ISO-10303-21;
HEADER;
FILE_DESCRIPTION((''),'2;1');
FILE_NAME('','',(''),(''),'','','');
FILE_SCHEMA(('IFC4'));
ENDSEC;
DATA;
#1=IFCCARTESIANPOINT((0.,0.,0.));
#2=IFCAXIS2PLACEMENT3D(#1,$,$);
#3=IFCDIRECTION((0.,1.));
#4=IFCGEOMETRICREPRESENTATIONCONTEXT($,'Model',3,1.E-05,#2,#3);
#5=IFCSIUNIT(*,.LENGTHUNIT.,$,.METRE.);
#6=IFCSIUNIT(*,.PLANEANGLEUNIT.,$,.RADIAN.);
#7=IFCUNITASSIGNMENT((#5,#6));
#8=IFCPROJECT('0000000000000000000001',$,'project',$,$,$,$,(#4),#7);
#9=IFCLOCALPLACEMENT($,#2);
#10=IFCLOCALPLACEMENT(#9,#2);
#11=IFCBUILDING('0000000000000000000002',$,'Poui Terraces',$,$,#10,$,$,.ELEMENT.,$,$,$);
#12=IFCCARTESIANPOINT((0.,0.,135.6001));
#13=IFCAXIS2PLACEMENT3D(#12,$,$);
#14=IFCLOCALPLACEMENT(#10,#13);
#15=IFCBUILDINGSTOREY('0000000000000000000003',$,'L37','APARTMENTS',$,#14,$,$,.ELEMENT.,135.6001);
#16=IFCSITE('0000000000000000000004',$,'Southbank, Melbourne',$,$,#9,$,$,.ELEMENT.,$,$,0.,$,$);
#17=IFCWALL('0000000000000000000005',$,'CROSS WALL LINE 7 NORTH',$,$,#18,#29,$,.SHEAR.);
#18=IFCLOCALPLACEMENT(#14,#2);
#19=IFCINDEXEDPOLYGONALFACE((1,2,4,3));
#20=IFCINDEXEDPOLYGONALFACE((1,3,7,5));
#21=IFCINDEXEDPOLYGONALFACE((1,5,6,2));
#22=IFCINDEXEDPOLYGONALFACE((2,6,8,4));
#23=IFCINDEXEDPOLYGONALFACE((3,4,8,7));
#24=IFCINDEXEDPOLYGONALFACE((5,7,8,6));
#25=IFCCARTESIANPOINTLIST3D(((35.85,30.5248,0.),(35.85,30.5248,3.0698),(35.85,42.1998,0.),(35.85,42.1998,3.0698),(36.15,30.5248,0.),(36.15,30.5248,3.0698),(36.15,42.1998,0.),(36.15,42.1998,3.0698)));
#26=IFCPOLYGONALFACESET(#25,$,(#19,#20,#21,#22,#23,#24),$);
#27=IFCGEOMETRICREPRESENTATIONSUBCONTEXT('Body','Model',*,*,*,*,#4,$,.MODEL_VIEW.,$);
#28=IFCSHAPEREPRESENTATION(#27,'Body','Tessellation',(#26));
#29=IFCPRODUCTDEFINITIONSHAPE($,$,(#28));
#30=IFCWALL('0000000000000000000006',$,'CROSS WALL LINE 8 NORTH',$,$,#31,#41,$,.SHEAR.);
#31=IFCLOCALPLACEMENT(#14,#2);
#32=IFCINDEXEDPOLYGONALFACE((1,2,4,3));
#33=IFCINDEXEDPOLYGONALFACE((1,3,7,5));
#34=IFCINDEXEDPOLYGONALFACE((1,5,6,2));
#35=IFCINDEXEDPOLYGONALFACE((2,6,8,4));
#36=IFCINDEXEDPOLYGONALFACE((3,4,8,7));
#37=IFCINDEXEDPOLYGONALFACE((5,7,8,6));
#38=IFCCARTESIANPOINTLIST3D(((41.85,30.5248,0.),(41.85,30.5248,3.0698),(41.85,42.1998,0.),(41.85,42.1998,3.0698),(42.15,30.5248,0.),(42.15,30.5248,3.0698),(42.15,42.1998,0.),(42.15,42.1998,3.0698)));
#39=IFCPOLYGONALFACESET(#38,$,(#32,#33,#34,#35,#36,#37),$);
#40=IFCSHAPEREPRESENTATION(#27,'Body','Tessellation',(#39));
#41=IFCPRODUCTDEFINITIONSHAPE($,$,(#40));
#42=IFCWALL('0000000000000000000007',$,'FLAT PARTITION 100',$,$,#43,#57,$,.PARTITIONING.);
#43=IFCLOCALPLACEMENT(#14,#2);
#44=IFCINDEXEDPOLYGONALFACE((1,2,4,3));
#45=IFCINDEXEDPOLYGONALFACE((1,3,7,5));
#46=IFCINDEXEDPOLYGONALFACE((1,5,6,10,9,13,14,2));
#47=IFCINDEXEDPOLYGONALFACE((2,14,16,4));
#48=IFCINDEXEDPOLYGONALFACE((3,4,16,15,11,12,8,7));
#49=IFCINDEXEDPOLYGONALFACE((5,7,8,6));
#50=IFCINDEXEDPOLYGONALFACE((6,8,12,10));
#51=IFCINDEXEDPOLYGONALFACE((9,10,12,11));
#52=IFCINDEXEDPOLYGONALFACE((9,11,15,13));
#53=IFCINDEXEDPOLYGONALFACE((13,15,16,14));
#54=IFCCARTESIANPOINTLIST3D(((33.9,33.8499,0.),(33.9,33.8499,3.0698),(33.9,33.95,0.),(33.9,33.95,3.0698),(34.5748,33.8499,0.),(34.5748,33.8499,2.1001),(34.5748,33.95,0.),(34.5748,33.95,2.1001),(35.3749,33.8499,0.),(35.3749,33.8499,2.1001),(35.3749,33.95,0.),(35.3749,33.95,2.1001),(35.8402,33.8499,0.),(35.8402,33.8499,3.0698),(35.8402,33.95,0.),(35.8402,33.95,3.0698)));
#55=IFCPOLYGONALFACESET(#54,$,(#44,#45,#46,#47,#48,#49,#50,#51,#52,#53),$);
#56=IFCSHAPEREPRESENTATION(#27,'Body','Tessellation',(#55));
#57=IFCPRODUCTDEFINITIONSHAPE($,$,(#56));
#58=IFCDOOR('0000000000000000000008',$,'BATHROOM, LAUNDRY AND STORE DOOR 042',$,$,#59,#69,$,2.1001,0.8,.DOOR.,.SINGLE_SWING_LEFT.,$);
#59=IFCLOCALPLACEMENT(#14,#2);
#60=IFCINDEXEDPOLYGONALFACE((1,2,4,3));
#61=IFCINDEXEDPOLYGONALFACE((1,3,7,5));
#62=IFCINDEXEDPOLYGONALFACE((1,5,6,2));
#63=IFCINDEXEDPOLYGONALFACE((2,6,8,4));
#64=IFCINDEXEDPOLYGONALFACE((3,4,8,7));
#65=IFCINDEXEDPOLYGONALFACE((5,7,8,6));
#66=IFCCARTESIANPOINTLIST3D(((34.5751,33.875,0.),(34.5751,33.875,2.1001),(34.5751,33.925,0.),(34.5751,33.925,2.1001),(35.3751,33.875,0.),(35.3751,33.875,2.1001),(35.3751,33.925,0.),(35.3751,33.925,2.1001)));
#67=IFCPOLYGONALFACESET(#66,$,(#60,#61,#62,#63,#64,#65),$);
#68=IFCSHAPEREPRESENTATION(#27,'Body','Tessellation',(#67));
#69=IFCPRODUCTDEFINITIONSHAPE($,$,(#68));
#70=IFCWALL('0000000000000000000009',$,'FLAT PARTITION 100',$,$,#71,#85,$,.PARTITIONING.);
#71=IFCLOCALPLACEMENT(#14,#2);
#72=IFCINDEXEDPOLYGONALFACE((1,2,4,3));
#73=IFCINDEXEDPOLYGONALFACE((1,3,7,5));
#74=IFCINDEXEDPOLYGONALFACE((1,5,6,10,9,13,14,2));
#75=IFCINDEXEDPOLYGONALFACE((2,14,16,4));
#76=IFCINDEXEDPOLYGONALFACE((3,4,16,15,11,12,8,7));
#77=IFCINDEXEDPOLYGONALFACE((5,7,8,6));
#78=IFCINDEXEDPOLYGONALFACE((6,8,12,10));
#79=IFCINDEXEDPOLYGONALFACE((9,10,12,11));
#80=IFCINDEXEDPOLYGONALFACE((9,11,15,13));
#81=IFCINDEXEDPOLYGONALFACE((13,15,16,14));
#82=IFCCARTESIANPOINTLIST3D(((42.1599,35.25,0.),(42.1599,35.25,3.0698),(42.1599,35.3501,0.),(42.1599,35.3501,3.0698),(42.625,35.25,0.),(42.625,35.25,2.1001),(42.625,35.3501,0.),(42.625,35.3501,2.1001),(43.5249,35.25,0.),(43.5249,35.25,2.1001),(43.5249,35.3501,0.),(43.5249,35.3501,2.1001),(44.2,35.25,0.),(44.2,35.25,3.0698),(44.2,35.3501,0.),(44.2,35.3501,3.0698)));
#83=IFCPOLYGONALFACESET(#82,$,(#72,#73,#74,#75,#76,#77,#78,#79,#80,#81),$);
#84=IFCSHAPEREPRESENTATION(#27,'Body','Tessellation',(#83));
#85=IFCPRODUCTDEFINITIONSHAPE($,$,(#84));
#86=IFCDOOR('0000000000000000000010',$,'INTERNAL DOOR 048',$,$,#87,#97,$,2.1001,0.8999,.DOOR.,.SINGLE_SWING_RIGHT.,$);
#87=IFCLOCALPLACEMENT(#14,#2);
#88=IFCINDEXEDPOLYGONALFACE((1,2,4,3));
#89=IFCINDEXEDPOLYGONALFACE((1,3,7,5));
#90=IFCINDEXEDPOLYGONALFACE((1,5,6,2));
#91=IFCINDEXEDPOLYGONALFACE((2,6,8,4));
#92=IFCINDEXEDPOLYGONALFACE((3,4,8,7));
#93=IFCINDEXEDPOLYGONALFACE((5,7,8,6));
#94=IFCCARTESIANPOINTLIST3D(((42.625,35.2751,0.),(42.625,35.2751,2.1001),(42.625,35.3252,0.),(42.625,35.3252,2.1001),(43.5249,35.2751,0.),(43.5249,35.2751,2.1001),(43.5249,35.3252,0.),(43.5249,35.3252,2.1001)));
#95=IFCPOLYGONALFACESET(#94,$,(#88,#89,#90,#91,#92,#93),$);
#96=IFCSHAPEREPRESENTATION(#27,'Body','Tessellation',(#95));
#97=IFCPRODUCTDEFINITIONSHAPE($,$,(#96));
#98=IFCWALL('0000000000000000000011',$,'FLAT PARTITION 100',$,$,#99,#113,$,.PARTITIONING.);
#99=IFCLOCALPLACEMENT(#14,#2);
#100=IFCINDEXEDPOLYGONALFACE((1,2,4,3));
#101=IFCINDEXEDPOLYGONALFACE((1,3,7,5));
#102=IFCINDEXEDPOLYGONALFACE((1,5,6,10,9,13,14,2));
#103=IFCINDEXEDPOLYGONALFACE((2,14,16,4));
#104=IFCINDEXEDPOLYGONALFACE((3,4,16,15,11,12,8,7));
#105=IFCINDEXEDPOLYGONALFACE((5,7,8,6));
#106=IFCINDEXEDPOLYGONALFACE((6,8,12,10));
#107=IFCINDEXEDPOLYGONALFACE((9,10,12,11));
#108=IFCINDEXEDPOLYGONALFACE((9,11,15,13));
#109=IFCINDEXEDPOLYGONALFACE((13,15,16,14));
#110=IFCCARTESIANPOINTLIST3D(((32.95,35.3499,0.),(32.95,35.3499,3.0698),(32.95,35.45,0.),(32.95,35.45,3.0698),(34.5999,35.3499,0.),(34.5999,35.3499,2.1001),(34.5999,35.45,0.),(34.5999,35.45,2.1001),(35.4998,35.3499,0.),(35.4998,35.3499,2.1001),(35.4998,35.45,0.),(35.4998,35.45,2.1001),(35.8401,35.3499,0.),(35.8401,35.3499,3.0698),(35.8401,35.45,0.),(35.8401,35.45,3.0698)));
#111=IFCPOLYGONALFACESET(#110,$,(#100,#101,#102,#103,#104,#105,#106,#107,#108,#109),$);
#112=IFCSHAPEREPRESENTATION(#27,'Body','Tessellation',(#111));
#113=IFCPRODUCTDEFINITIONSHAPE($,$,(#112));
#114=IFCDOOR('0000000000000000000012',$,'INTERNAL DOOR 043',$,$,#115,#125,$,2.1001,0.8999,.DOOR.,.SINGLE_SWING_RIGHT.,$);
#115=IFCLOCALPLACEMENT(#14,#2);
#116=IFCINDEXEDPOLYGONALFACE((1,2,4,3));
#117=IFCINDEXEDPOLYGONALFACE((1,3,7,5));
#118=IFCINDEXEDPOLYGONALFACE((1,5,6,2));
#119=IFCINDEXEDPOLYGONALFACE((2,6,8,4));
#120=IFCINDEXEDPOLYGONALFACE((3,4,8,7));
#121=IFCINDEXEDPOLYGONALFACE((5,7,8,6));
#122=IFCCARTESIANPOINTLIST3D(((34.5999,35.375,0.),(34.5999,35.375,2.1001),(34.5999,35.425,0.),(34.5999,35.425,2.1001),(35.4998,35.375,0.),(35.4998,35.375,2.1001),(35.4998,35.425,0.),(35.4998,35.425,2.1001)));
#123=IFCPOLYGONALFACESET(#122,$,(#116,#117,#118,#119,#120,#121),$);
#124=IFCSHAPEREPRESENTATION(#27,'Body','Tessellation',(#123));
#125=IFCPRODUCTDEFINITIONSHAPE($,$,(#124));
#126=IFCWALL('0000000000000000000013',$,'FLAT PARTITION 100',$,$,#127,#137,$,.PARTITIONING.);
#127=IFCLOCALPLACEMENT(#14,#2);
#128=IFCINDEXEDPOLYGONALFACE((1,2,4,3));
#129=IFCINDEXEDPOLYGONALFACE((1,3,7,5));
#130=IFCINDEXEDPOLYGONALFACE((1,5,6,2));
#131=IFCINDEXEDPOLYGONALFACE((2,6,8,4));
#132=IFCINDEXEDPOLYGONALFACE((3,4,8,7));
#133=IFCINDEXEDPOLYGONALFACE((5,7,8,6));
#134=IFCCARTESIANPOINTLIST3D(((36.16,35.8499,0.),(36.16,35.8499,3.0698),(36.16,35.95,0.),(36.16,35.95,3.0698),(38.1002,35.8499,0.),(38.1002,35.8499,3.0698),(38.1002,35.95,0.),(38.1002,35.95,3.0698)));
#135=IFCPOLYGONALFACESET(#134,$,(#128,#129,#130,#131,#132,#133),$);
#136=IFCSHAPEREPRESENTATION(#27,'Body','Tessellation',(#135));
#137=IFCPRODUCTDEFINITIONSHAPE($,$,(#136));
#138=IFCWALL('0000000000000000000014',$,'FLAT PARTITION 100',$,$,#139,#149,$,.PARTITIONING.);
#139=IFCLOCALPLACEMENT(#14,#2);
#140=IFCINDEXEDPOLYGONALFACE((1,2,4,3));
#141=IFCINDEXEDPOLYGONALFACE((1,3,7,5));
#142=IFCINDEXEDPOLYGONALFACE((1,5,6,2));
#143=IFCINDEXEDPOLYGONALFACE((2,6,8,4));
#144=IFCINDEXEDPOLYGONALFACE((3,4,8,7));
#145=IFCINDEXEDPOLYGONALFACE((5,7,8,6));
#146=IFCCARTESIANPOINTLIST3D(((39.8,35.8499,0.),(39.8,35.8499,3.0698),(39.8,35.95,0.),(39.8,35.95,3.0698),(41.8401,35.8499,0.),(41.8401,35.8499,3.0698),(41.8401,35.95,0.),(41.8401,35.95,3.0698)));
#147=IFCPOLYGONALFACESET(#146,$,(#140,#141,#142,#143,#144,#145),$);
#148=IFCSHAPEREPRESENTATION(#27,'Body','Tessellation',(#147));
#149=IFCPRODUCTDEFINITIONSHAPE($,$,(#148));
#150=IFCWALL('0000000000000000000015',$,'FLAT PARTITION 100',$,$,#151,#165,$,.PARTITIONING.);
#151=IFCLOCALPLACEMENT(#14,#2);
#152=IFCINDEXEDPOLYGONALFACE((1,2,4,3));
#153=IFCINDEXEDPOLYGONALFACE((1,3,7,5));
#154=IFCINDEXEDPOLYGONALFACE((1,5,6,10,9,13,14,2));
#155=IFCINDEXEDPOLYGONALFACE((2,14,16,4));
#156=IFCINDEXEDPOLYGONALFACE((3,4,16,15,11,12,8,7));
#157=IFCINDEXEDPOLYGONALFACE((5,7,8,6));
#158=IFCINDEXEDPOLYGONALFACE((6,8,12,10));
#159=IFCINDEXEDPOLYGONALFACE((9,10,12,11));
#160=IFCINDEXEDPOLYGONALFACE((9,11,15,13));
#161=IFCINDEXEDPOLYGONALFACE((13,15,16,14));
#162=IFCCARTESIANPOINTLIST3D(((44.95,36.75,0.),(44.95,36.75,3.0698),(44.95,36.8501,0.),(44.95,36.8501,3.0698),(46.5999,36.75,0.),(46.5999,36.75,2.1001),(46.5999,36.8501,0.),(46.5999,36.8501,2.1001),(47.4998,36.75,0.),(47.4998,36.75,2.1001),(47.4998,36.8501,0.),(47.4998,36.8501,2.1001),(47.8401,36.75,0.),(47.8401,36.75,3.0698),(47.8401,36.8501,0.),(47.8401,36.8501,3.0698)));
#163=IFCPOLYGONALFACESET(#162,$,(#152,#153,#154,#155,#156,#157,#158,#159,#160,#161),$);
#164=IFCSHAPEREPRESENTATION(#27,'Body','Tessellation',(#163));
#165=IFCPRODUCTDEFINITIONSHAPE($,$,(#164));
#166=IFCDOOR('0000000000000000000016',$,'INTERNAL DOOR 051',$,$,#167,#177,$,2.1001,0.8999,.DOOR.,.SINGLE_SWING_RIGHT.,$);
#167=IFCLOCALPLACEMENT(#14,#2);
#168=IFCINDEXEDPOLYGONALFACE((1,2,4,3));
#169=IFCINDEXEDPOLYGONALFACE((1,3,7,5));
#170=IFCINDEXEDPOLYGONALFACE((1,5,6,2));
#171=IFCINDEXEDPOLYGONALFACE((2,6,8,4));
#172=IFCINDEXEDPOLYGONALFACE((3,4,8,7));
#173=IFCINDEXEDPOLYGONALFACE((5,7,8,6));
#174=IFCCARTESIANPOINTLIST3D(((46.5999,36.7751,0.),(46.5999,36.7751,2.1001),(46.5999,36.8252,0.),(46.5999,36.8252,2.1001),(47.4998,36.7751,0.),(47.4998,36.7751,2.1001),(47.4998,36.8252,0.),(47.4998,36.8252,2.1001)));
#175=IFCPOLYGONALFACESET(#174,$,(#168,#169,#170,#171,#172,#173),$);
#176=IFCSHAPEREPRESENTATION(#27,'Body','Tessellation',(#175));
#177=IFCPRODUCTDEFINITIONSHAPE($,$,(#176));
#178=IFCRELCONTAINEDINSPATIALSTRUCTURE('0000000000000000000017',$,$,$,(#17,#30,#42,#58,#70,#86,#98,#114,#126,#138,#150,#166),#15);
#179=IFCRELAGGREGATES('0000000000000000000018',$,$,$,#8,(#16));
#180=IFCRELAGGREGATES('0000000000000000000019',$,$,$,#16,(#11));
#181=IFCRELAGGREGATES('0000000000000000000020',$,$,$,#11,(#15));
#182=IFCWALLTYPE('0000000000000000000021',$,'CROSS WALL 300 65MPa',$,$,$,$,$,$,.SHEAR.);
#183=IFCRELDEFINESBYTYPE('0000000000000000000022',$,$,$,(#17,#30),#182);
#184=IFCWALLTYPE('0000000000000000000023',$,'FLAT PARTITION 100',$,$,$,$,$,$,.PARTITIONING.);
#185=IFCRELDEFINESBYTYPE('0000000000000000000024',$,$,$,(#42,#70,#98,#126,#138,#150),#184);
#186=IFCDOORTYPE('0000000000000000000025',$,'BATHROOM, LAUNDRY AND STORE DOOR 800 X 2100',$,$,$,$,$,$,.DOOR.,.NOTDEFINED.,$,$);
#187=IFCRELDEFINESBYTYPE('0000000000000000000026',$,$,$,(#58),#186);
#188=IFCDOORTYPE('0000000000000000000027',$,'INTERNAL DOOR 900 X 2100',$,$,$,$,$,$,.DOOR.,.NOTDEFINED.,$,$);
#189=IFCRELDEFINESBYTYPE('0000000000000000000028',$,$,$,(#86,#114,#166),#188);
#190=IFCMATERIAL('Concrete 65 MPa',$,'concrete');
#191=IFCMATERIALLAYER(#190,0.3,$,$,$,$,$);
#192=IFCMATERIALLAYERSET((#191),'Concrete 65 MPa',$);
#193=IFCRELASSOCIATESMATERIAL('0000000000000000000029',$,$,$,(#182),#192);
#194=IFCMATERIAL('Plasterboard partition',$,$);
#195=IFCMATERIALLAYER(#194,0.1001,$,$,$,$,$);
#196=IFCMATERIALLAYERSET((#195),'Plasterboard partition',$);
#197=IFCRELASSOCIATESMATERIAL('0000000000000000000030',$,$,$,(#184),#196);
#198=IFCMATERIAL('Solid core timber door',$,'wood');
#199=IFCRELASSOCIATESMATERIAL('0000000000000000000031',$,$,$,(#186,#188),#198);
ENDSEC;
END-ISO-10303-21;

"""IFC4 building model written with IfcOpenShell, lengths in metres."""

from ifc_helpers import new_model, si_unit, direction, frame, frame_2d, origin, place, context, subcontext, project, spatial, rectangle, extrude, material, layer, layer_set, type_object, element, fill, save


model = new_model("IFC4")

# Units and contexts
model_context = context("Model", 3, precision=1e-05, world=origin(), true_north=direction((0.0, 1.0)))
body_context = subcontext(model_context, "Body", "Model", "MODEL_VIEW")
ifc_project = project(units=[si_unit("LENGTHUNIT", "METRE"), si_unit("PLANEANGLEUNIT", "RADIAN")], contexts=[model_context])

# Site, building, storey
site_placement = place(None, origin())
site = spatial("IfcSite", under=ifc_project, at=site_placement, Name="Southbank, Melbourne", CompositionType="ELEMENT", RefElevation=0.0)
building_placement = place(site_placement, origin())
building = spatial("IfcBuilding", under=site, at=building_placement, Name="Poui Terraces", CompositionType="ELEMENT")
storey_placement = place(building_placement, frame((0.0, 0.0, 135.6001)))
storey = spatial("IfcBuildingStorey", under=building, at=storey_placement, Name="L37", Description="APARTMENTS", CompositionType="ELEMENT", Elevation=135.6001)

# Walls
ifc_material_1 = material(Name="Concrete 65 MPa", Category="concrete")
ifc_layer_1 = layer(ifc_material_1, 0.3)
ifc_layer_set_1 = layer_set([ifc_layer_1], Name="Concrete 65 MPa")
wall_type_1 = type_object("IfcWallType", Name="CROSS WALL 300 65MPa", PredefinedType="SHEAR", material=ifc_layer_set_1)
for number, where, z_axis, x_axis, name in (
    (1, (36.0, 30.5249, 0.0), (0.0, 0.0, 1.0), (0.0, 1.0, 0.0), "CROSS WALL LINE 7 NORTH"),
    (2, (42.0, 30.5249, 0.0), (0.0, 0.0, 1.0), (0.0, 1.0, 0.0), "CROSS WALL LINE 8 NORTH"),
):
    element("IfcWall", number, at=place(storey_placement, frame(where, z_axis=z_axis, x_axis=x_axis)), inside=storey, type_object=wall_type_1, Name=name, PredefinedType="SHEAR", context=body_context, shape_type="SweptSolid", body=[
        extrude(rectangle(XDim=11.675, YDim=0.3, at=frame_2d((5.8374, 0.0))), origin(), (0.0, 0.0, 1.0), 3.0698),
    ])

# Walls, openings, doors
ifc_material_2 = material(Name="Plasterboard partition")
ifc_layer_2 = layer(ifc_material_2, 0.1001)
ifc_layer_set_2 = layer_set([ifc_layer_2], Name="Plasterboard partition")
wall_type_2 = type_object("IfcWallType", Name="FLAT PARTITION 100", PredefinedType="PARTITIONING", material=ifc_layer_set_2)
wall_1_placement = place(storey_placement, frame((33.8999, 33.8999, 0.0), z_axis=(0.0, 0.0, 1.0), x_axis=(1.0, 0.0, 0.0)))
wall_1 = element("IfcWall", 3, at=wall_1_placement, inside=storey, type_object=wall_type_2, Name="FLAT PARTITION 100", PredefinedType="PARTITIONING", context=body_context, shape_type="SweptSolid", body=[
    extrude(rectangle(XDim=1.9402, YDim=0.1001, at=frame_2d((0.9702, 0.0))), origin(), (0.0, 0.0, 1.0), 3.0698),
])
opening_1_placement = place(wall_1_placement, frame((0.675, 0.0, 0.0)))
opening_1 = element("IfcOpeningElement", 4, at=opening_1_placement, cuts=wall_1, PredefinedType="OPENING", context=body_context, shape_type="SweptSolid", body=[
    extrude(rectangle(XDim=0.8, YDim=2.1001, at=frame_2d((0.3999, 1.05))), frame((0.0, 0.0601, 0.0), z_axis=(0.0, -1.0, 0.0), x_axis=(1.0, 0.0, 0.0)), (0.0, 0.0, 1.0), 0.1201),
])
ifc_material_3 = material(Name="Solid core timber door", Category="wood")
door_type_1 = type_object("IfcDoorType", Name="BATHROOM, LAUNDRY AND STORE DOOR 800 X 2100", OperationType="NOTDEFINED", PredefinedType="DOOR", material=ifc_material_3)
door_1_placement = place(opening_1_placement, frame((0.8, 0.0, 0.0), z_axis=(0.0, 0.0, 1.0), x_axis=(-1.0, 0.0, 0.0)))
door_1 = element("IfcDoor", 5, at=door_1_placement, inside=storey, type_object=door_type_1, Name="BATHROOM, LAUNDRY AND STORE DOOR 042", OperationType="SINGLE_SWING_LEFT", OverallHeight=2.1001, OverallWidth=0.8, PredefinedType="DOOR", context=body_context, shape_type="SweptSolid", body=[
    extrude(rectangle(XDim=0.8, YDim=2.1001, at=frame_2d((0.3999, 1.05))), frame((0.0, 0.0249, 0.0), z_axis=(0.0, -1.0, 0.0), x_axis=(1.0, 0.0, 0.0)), (0.0, 0.0, 1.0), 0.05),
])
fill(opening_1, door_1)
wall_2_placement = place(storey_placement, frame((42.1599, 35.3, 0.0), z_axis=(0.0, 0.0, 1.0), x_axis=(1.0, 0.0, 0.0)))
wall_2 = element("IfcWall", 6, at=wall_2_placement, inside=storey, type_object=wall_type_2, Name="FLAT PARTITION 100", PredefinedType="PARTITIONING", context=body_context, shape_type="SweptSolid", body=[
    extrude(rectangle(XDim=2.04, YDim=0.1001, at=frame_2d((1.02, 0.0))), origin(), (0.0, 0.0, 1.0), 3.0698),
])
opening_2_placement = place(wall_2_placement, frame((0.4651, 0.0, 0.0)))
opening_2 = element("IfcOpeningElement", 7, at=opening_2_placement, cuts=wall_2, PredefinedType="OPENING", context=body_context, shape_type="SweptSolid", body=[
    extrude(rectangle(XDim=0.8999, YDim=2.1001, at=frame_2d((0.45, 1.05))), frame((0.0, 0.0601, 0.0), z_axis=(0.0, -1.0, 0.0), x_axis=(1.0, 0.0, 0.0)), (0.0, 0.0, 1.0), 0.1201),
])
door_type_2 = type_object("IfcDoorType", Name="INTERNAL DOOR 900 X 2100", OperationType="NOTDEFINED", PredefinedType="DOOR", material=ifc_material_3)
door_2_placement = place(opening_2_placement, frame((0.8999, 0.0, 0.0), z_axis=(0.0, 0.0, 1.0), x_axis=(-1.0, 0.0, 0.0)))
door_2 = element("IfcDoor", 8, at=door_2_placement, inside=storey, type_object=door_type_2, Name="INTERNAL DOOR 048", OperationType="SINGLE_SWING_RIGHT", OverallHeight=2.1001, OverallWidth=0.8999, PredefinedType="DOOR", context=body_context, shape_type="SweptSolid", body=[
    extrude(rectangle(XDim=0.8999, YDim=2.1001, at=frame_2d((0.45, 1.05))), frame((0.0, 0.0249, 0.0), z_axis=(0.0, -1.0, 0.0), x_axis=(1.0, 0.0, 0.0)), (0.0, 0.0, 1.0), 0.05),
])
fill(opening_2, door_2)
wall_3_placement = place(storey_placement, frame((32.95, 35.3999, 0.0), z_axis=(0.0, 0.0, 1.0), x_axis=(1.0, 0.0, 0.0)))
wall_3 = element("IfcWall", 9, at=wall_3_placement, inside=storey, type_object=wall_type_2, Name="FLAT PARTITION 100", PredefinedType="PARTITIONING", context=body_context, shape_type="SweptSolid", body=[
    extrude(rectangle(XDim=2.8901, YDim=0.1001, at=frame_2d((1.4451, 0.0))), origin(), (0.0, 0.0, 1.0), 3.0698),
])
opening_3_placement = place(wall_3_placement, frame((1.6499, 0.0, 0.0)))
opening_3 = element("IfcOpeningElement", 10, at=opening_3_placement, cuts=wall_3, PredefinedType="OPENING", context=body_context, shape_type="SweptSolid", body=[
    extrude(rectangle(XDim=0.8999, YDim=2.1001, at=frame_2d((0.45, 1.05))), frame((0.0, 0.0601, 0.0), z_axis=(0.0, -1.0, 0.0), x_axis=(1.0, 0.0, 0.0)), (0.0, 0.0, 1.0), 0.1201),
])
door_3_placement = place(opening_3_placement, frame((0.8999, 0.0, 0.0), z_axis=(0.0, 0.0, 1.0), x_axis=(-1.0, 0.0, 0.0)))
door_3 = element("IfcDoor", 11, at=door_3_placement, inside=storey, type_object=door_type_2, Name="INTERNAL DOOR 043", OperationType="SINGLE_SWING_RIGHT", OverallHeight=2.1001, OverallWidth=0.8999, PredefinedType="DOOR", context=body_context, shape_type="SweptSolid", body=[
    extrude(rectangle(XDim=0.8999, YDim=2.1001, at=frame_2d((0.45, 1.05))), frame((0.0, 0.0249, 0.0), z_axis=(0.0, -1.0, 0.0), x_axis=(1.0, 0.0, 0.0)), (0.0, 0.0, 1.0), 0.05),
])
fill(opening_3, door_3)

# Walls
wall_4_placement = place(storey_placement, frame((36.1599, 35.8999, 0.0), z_axis=(0.0, 0.0, 1.0), x_axis=(1.0, 0.0, 0.0)))
element("IfcWall", 12, at=wall_4_placement, inside=storey, type_object=wall_type_2, Name="FLAT PARTITION 100", PredefinedType="PARTITIONING", context=body_context, shape_type="SweptSolid", body=[
    extrude(rectangle(XDim=1.9402, YDim=0.1001, at=frame_2d((0.9702, 0.0))), origin(), (0.0, 0.0, 1.0), 3.0698),
])
wall_5_placement = place(storey_placement, frame((39.8, 35.8999, 0.0), z_axis=(0.0, 0.0, 1.0), x_axis=(1.0, 0.0, 0.0)))
element("IfcWall", 13, at=wall_5_placement, inside=storey, type_object=wall_type_2, Name="FLAT PARTITION 100", PredefinedType="PARTITIONING", context=body_context, shape_type="SweptSolid", body=[
    extrude(rectangle(XDim=2.04, YDim=0.1001, at=frame_2d((1.02, 0.0))), origin(), (0.0, 0.0, 1.0), 3.0698),
])

# Wall, opening, door
wall_6_placement = place(storey_placement, frame((44.95, 36.8, 0.0), z_axis=(0.0, 0.0, 1.0), x_axis=(1.0, 0.0, 0.0)))
wall_6 = element("IfcWall", 14, at=wall_6_placement, inside=storey, type_object=wall_type_2, Name="FLAT PARTITION 100", PredefinedType="PARTITIONING", context=body_context, shape_type="SweptSolid", body=[
    extrude(rectangle(XDim=2.8901, YDim=0.1001, at=frame_2d((1.4451, 0.0))), origin(), (0.0, 0.0, 1.0), 3.0698),
])
opening_4_placement = place(wall_6_placement, frame((1.6499, 0.0, 0.0)))
opening_4 = element("IfcOpeningElement", 15, at=opening_4_placement, cuts=wall_6, PredefinedType="OPENING", context=body_context, shape_type="SweptSolid", body=[
    extrude(rectangle(XDim=0.8999, YDim=2.1001, at=frame_2d((0.45, 1.05))), frame((0.0, 0.0601, 0.0), z_axis=(0.0, -1.0, 0.0), x_axis=(1.0, 0.0, 0.0)), (0.0, 0.0, 1.0), 0.1201),
])
door_4_placement = place(opening_4_placement, frame((0.8999, 0.0, 0.0), z_axis=(0.0, 0.0, 1.0), x_axis=(-1.0, 0.0, 0.0)))
door_4 = element("IfcDoor", 16, at=door_4_placement, inside=storey, type_object=door_type_2, Name="INTERNAL DOOR 051", OperationType="SINGLE_SWING_RIGHT", OverallHeight=2.1001, OverallWidth=0.8999, PredefinedType="DOOR", context=body_context, shape_type="SweptSolid", body=[
    extrude(rectangle(XDim=0.8999, YDim=2.1001, at=frame_2d((0.45, 1.05))), frame((0.0, 0.0249, 0.0), z_axis=(0.0, -1.0, 0.0), x_axis=(1.0, 0.0, 0.0)), (0.0, 0.0, 1.0), 0.05),
])
fill(opening_4, door_4)

save(model, "model.ifc")
